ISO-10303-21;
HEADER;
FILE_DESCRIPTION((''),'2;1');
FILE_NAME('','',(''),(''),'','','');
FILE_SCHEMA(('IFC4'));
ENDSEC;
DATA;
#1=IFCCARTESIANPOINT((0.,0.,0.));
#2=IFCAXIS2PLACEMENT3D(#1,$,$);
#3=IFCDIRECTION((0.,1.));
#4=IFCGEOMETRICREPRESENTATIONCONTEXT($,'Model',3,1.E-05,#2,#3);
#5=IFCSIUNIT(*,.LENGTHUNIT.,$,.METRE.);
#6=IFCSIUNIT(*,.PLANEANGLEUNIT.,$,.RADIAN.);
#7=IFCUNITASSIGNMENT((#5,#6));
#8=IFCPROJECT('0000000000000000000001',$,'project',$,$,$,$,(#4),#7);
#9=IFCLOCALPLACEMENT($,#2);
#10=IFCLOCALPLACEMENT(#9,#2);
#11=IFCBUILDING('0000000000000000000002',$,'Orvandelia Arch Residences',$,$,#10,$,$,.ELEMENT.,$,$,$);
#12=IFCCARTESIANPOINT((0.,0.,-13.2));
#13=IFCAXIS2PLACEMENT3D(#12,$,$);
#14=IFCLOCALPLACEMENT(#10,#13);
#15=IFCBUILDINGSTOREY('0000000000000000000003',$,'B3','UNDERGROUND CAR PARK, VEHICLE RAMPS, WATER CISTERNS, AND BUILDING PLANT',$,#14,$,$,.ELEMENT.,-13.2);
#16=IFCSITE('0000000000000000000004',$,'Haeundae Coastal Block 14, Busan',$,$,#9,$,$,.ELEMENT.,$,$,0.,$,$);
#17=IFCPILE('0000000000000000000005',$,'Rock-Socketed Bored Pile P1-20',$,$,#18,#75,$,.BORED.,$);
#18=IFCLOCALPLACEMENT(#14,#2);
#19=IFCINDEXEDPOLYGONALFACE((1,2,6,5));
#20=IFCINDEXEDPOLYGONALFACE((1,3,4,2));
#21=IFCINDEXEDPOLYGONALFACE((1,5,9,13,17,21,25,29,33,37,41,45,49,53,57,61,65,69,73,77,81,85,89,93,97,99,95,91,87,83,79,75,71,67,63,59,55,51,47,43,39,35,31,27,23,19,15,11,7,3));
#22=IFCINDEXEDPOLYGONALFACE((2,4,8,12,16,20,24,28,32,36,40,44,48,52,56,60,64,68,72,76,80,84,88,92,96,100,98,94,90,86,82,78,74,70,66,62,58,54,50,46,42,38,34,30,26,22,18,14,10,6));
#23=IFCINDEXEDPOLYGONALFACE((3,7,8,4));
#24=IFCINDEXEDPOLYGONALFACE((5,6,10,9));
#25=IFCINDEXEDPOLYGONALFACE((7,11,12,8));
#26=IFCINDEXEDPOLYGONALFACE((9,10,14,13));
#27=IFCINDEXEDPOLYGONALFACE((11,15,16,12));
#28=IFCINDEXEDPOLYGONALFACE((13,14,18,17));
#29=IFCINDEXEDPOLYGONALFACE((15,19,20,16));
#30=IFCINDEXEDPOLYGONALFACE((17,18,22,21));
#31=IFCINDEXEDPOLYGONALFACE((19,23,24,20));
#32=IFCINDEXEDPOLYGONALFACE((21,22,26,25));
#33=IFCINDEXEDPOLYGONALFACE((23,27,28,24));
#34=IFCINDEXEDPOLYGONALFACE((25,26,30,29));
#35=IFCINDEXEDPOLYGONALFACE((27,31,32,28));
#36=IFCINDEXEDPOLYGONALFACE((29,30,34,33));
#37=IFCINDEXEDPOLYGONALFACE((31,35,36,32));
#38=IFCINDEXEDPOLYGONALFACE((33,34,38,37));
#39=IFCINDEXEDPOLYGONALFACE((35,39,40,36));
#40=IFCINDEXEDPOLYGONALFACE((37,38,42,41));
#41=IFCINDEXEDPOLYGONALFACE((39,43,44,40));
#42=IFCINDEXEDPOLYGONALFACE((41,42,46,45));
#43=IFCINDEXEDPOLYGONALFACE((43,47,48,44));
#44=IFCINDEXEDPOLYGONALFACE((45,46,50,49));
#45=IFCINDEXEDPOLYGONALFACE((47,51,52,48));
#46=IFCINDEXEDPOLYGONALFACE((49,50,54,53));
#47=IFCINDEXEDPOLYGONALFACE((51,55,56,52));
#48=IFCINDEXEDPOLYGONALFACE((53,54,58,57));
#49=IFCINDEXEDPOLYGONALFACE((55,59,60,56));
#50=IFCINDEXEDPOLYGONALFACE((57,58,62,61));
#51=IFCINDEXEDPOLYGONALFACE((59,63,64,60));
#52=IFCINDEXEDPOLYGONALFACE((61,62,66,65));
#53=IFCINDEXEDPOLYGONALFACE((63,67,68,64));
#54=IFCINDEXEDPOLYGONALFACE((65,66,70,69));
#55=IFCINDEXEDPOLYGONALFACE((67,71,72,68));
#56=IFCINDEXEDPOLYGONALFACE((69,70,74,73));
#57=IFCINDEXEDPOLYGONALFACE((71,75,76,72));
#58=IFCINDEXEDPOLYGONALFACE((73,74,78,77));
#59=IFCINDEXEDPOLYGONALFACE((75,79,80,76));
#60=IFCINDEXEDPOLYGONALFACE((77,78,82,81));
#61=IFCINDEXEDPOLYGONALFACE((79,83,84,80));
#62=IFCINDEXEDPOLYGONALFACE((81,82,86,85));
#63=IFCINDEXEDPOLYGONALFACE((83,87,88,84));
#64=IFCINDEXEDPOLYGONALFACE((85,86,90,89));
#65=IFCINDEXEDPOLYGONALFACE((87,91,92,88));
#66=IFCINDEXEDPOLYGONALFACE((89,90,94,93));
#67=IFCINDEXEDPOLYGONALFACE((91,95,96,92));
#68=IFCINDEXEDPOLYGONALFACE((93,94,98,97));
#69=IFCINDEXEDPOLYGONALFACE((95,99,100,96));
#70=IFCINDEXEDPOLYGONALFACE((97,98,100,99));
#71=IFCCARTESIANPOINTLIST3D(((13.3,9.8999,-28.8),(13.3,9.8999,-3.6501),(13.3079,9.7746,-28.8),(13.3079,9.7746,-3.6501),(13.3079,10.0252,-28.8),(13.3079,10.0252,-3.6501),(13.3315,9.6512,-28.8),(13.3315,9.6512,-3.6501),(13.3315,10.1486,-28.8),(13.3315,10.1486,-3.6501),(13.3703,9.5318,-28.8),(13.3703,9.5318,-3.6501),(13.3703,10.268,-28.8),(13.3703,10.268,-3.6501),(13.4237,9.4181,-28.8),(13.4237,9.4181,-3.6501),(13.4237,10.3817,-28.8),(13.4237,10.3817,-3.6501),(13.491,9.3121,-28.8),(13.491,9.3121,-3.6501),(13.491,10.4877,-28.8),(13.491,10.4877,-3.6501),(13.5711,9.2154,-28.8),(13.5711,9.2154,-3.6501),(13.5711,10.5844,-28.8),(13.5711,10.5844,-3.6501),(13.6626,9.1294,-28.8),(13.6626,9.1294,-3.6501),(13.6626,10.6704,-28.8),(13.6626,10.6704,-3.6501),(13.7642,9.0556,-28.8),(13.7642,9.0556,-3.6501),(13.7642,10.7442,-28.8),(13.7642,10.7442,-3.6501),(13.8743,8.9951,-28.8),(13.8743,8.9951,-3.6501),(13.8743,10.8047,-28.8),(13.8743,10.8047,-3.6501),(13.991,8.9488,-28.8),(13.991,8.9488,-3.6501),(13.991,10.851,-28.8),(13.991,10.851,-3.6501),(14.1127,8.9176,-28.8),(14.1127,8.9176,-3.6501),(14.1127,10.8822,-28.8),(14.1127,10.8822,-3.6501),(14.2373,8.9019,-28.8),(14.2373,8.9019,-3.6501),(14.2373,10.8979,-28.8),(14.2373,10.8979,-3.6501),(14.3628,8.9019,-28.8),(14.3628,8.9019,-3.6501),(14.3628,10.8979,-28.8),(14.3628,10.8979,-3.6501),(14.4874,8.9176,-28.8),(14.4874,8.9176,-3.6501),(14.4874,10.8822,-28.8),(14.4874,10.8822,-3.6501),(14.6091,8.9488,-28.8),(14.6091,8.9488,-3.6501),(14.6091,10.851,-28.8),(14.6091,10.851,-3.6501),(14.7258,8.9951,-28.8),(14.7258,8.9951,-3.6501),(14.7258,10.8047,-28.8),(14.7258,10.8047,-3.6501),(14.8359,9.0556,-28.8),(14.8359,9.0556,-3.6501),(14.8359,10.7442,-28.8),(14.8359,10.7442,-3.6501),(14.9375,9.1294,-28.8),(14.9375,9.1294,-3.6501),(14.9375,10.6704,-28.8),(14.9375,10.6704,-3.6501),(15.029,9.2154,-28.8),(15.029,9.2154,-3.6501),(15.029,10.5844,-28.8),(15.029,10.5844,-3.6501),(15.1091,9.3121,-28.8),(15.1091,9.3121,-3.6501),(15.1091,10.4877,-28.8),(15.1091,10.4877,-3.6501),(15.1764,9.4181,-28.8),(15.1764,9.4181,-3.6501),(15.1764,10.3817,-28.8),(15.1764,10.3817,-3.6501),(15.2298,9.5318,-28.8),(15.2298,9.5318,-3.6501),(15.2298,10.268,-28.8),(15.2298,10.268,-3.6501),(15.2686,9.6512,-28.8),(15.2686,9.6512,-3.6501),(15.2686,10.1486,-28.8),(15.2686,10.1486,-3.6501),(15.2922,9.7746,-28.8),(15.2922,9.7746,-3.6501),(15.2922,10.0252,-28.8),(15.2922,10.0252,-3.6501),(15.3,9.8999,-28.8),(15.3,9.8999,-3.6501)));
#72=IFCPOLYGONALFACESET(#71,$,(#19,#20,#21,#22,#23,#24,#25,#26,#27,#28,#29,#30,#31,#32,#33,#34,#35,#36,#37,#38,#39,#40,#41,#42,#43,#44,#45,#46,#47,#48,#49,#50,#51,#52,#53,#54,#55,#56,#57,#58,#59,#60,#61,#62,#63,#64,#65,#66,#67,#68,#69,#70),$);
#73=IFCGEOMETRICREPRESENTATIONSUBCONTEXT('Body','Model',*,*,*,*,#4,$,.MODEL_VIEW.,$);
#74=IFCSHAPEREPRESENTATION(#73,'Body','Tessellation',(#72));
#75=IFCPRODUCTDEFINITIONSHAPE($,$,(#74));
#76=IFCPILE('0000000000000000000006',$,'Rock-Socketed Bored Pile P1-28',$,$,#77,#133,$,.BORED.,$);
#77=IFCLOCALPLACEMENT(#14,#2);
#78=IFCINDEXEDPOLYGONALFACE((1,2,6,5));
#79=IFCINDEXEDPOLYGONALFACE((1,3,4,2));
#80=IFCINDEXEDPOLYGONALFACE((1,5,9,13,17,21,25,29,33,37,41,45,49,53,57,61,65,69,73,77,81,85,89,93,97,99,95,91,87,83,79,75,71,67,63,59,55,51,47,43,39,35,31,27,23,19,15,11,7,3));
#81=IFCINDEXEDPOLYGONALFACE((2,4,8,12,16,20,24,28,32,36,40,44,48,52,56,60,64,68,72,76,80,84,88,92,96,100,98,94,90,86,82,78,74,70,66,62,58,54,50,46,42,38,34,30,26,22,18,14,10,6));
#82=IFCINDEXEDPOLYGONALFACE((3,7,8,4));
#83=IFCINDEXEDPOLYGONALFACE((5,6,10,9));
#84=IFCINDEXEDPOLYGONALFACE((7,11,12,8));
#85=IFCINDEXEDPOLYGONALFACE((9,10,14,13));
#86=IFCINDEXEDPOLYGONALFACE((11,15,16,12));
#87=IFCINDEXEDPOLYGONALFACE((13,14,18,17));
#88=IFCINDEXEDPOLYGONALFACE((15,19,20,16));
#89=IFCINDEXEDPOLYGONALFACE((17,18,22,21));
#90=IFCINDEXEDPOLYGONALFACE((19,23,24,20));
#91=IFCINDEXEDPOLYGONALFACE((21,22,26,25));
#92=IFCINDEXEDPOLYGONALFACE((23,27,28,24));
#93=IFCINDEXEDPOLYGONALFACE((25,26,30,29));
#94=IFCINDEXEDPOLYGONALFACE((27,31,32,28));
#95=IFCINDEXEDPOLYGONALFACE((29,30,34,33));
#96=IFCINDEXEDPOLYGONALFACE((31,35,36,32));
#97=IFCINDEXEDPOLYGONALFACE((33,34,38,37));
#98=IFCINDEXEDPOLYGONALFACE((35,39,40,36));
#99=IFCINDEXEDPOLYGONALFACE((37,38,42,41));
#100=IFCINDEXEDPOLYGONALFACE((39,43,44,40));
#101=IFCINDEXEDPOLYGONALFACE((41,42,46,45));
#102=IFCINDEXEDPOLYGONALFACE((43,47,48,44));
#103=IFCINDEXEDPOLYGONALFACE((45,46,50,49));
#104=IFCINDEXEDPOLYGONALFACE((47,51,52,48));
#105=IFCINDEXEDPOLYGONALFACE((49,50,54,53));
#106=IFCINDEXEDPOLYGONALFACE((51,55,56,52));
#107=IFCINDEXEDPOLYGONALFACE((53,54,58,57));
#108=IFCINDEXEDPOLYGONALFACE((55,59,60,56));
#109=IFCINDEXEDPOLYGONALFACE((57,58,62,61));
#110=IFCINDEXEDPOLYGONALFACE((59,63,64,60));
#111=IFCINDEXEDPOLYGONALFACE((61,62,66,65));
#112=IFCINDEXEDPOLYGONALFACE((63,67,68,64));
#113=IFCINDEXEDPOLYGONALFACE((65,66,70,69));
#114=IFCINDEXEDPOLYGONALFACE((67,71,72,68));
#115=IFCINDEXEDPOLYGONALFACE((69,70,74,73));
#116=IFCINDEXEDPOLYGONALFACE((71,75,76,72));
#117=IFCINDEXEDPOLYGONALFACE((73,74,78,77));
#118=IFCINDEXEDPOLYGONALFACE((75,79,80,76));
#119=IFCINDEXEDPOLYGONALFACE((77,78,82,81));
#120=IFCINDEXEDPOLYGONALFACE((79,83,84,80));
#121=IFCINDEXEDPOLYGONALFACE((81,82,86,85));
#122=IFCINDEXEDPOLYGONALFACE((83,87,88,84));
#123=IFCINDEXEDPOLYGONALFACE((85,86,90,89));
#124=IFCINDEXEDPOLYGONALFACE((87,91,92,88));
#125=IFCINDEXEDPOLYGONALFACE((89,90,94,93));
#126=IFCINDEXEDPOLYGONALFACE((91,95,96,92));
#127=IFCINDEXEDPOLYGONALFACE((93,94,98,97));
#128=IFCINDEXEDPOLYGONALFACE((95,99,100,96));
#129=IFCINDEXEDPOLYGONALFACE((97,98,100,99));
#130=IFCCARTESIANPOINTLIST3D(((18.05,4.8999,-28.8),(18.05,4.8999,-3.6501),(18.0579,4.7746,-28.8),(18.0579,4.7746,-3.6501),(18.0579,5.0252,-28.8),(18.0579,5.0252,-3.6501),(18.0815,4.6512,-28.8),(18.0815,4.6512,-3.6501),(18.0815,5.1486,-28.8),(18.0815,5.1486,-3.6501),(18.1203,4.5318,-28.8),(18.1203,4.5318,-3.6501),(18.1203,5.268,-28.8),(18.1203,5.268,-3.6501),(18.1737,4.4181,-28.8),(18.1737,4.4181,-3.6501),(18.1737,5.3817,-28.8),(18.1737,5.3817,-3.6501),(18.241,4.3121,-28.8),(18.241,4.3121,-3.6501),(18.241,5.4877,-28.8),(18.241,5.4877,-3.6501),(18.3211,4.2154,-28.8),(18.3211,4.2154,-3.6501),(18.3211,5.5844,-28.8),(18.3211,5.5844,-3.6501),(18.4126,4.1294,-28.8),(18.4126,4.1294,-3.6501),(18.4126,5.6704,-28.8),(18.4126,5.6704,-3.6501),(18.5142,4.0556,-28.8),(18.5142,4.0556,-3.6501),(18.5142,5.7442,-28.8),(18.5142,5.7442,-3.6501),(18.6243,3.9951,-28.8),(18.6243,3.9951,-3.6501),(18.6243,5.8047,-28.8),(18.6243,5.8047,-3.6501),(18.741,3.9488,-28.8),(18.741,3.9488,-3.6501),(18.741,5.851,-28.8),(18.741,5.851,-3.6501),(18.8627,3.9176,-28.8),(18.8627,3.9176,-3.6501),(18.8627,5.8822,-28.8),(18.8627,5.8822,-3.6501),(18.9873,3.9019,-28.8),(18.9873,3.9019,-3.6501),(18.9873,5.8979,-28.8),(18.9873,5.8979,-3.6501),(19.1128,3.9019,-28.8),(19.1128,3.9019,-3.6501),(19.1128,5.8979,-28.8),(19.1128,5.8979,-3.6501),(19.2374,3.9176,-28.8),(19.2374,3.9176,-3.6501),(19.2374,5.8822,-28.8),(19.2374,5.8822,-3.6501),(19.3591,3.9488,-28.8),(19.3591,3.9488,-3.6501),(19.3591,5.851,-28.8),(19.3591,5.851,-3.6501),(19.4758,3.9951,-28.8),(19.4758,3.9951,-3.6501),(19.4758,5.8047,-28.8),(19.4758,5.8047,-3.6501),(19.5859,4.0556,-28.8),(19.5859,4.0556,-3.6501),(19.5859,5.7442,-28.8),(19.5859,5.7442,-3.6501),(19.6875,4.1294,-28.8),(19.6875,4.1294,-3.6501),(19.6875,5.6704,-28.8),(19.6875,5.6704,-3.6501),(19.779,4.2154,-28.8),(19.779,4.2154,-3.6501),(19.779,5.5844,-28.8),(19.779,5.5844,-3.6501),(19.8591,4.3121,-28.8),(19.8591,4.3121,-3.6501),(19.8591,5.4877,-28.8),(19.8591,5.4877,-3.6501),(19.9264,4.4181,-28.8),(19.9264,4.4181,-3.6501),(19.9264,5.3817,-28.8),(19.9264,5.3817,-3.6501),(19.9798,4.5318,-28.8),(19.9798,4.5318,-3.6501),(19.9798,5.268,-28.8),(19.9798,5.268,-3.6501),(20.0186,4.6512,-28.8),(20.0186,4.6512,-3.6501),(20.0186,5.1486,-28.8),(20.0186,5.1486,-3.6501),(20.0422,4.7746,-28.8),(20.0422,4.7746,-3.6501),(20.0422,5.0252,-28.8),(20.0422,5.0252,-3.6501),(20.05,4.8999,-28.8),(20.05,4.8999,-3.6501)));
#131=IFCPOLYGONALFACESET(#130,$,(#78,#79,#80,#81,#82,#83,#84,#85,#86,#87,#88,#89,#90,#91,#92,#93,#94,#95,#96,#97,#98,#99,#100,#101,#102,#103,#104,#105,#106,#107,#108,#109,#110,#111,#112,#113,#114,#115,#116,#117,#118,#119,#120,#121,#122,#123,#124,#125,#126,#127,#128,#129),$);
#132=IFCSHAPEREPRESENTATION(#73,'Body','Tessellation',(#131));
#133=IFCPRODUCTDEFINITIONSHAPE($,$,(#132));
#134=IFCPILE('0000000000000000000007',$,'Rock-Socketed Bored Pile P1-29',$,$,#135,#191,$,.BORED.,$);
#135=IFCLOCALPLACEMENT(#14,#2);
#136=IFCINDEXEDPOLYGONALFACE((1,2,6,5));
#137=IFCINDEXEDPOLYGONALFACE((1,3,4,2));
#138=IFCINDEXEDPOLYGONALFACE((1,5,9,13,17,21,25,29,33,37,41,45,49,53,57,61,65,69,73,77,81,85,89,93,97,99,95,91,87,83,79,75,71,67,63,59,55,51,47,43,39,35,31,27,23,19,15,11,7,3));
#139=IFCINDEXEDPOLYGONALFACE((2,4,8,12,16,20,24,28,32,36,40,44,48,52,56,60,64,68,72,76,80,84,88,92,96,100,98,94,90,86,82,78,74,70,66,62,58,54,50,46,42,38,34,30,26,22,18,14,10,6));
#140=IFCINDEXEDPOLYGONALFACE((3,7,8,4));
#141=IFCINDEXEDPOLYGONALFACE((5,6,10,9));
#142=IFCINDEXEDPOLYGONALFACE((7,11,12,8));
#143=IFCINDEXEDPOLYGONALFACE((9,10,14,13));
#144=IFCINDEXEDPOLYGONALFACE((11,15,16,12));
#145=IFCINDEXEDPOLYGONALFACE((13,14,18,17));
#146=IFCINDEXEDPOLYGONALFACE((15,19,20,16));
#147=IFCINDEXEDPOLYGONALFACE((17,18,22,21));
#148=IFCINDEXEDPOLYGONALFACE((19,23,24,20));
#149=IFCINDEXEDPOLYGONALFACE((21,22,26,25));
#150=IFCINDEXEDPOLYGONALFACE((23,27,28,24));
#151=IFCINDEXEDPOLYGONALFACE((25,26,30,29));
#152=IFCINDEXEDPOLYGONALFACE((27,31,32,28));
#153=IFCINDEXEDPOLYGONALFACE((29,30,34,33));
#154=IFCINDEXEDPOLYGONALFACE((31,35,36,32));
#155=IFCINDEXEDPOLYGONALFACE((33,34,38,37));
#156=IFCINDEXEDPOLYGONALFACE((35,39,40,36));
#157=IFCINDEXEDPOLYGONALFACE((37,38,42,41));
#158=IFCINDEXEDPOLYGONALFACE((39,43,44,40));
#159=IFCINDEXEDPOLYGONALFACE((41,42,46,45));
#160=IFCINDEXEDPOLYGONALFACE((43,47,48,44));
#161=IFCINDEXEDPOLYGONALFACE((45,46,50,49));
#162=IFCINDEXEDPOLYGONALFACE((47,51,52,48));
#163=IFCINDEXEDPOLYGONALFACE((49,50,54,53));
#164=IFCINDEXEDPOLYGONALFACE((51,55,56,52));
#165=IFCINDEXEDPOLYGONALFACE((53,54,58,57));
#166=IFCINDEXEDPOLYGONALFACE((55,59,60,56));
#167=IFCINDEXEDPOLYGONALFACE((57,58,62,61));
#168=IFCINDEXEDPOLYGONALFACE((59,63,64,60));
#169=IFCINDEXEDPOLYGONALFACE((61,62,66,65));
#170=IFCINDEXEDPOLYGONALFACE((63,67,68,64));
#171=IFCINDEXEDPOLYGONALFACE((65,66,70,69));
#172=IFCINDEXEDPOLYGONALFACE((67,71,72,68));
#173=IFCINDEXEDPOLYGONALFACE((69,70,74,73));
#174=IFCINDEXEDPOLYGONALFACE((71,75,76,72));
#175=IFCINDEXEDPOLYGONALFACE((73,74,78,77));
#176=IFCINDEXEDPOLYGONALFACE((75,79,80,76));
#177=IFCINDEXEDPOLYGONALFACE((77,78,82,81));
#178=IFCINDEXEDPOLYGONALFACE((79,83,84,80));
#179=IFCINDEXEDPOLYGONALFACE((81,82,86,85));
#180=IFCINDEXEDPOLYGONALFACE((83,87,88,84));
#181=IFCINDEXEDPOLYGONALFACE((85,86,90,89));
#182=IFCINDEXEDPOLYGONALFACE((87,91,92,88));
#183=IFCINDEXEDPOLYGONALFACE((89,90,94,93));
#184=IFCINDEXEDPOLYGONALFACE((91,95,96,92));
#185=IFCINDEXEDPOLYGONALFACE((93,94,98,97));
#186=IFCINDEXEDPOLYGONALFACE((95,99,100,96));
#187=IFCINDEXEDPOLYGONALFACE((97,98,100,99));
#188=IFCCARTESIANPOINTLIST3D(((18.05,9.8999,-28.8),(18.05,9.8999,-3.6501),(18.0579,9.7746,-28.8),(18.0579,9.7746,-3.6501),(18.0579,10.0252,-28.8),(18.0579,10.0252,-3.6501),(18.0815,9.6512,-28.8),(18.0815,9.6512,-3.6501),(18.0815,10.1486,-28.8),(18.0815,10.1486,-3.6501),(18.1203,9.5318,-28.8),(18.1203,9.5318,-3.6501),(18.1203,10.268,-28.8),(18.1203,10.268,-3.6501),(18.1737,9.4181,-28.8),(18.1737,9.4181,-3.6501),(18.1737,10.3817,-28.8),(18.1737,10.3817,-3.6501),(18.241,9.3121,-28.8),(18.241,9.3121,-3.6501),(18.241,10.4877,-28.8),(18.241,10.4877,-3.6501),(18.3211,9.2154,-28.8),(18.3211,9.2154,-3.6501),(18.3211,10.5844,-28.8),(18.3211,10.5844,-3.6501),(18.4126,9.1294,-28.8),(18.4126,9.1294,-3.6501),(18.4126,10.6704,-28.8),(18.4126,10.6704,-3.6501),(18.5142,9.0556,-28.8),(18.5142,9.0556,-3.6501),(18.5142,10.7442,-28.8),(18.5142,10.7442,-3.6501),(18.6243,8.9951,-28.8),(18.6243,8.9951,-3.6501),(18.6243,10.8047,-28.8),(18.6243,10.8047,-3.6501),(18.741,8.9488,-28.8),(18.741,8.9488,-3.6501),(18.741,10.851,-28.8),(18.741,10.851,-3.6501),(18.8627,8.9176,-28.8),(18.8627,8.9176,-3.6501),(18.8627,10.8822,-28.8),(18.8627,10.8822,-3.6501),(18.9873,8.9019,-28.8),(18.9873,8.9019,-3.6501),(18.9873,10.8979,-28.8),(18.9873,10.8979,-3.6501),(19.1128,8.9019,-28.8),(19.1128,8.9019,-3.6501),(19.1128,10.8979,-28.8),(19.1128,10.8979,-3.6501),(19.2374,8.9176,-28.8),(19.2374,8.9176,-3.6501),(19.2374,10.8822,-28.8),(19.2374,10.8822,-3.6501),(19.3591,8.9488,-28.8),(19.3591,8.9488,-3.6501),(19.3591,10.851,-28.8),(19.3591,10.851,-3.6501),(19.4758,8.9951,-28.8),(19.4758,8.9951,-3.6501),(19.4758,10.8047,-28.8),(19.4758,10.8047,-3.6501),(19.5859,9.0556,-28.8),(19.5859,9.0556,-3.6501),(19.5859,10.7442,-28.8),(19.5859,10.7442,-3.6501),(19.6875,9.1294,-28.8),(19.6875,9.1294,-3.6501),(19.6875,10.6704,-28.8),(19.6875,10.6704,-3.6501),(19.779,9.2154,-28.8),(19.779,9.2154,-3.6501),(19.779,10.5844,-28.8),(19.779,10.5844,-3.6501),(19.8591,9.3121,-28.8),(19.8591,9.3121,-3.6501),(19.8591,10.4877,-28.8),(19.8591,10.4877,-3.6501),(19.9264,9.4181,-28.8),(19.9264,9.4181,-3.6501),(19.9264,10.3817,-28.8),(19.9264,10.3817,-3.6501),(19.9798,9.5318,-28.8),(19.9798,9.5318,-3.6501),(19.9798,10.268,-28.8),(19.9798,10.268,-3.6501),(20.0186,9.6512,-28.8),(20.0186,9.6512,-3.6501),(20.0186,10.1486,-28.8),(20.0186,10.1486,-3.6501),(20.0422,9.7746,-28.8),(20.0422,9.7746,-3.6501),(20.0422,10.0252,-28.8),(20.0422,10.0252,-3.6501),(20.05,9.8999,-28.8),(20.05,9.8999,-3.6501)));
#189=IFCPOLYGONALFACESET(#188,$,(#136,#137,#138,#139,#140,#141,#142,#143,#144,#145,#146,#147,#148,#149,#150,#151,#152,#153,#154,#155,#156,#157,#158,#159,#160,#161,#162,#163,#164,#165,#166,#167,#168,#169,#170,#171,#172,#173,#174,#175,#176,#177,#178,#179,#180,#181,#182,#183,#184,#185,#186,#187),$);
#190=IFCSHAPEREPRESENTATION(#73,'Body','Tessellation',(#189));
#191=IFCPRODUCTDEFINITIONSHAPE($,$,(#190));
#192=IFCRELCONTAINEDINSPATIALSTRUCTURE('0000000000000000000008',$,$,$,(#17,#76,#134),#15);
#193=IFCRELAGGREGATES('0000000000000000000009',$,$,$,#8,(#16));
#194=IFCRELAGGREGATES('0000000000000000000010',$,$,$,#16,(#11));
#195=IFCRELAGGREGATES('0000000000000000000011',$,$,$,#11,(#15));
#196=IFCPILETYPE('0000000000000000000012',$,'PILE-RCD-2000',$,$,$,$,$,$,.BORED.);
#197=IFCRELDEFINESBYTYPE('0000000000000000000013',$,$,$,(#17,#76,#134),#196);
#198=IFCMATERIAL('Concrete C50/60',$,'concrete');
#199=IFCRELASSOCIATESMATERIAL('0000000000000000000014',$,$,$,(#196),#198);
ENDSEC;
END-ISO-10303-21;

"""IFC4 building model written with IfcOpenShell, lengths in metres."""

from ifc_helpers import new_model, si_unit, direction, frame, origin, origin_2d, place, context, subcontext, project, spatial, circle, extrude, material, material_profile, profile_set, type_object, element, save


model = new_model("IFC4")

# Units and contexts
model_context = context("Model", 3, precision=1e-05, world=origin(), true_north=direction((0.0, 1.0)))
body_context = subcontext(model_context, "Body", "Model", "MODEL_VIEW")
ifc_project = project(units=[si_unit("LENGTHUNIT", "METRE"), si_unit("PLANEANGLEUNIT", "RADIAN")], contexts=[model_context])

# Site, building, storey
site_placement = place(None, origin())
site = spatial("IfcSite", under=ifc_project, at=site_placement, Name="Haeundae Coastal Block 14, Busan", CompositionType="ELEMENT", RefElevation=0.0)
building_placement = place(site_placement, origin())
building = spatial("IfcBuilding", under=site, at=building_placement, Name="Orvandelia Arch Residences", CompositionType="ELEMENT")
storey_placement = place(building_placement, frame((0.0, 0.0, -13.2)))
storey = spatial("IfcBuildingStorey", under=building, at=storey_placement, Name="B3", Description="UNDERGROUND CAR PARK, VEHICLE RAMPS, WATER CISTERNS, AND BUILDING PLANT", CompositionType="ELEMENT", Elevation=-13.2)

# Shared definitions
ifc_material_1 = material(Name="Concrete C50/60", Category="concrete")

# Piles
ifc_material_profile_1 = material_profile(ifc_material_1, circle(Radius=1.0, at=origin_2d()), Name="Concrete C50/60", Category="concrete")
ifc_profile_set_1 = profile_set([ifc_material_profile_1], Name="Concrete C50/60")
pile_type_1 = type_object("IfcPileType", Name="PILE-RCD-2000", PredefinedType="BORED", material=ifc_profile_set_1)
for number, where, z_axis, x_axis, name in (
    (1, (14.3, 9.8999, -3.6501), (0.0, 0.0, -1.0), (1.0, 0.0, 0.0), "Rock-Socketed Bored Pile P1-20"),
    (2, (19.05, 4.8999, -3.6501), (0.0, 0.0, -1.0), (1.0, 0.0, 0.0), "Rock-Socketed Bored Pile P1-28"),
    (3, (19.05, 9.8999, -3.6501), (0.0, 0.0, -1.0), (1.0, 0.0, 0.0), "Rock-Socketed Bored Pile P1-29"),
):
    element("IfcPile", number, at=place(storey_placement, frame(where, z_axis=z_axis, x_axis=x_axis)), inside=storey, type_object=pile_type_1, Name=name, PredefinedType="BORED", context=body_context, shape_type="SweptSolid", body=[
        extrude(circle(Radius=1.0, at=origin_2d()), origin(), (0.0, 0.0, 1.0), 25.1499),
    ])

save(model, "model.ifc")
